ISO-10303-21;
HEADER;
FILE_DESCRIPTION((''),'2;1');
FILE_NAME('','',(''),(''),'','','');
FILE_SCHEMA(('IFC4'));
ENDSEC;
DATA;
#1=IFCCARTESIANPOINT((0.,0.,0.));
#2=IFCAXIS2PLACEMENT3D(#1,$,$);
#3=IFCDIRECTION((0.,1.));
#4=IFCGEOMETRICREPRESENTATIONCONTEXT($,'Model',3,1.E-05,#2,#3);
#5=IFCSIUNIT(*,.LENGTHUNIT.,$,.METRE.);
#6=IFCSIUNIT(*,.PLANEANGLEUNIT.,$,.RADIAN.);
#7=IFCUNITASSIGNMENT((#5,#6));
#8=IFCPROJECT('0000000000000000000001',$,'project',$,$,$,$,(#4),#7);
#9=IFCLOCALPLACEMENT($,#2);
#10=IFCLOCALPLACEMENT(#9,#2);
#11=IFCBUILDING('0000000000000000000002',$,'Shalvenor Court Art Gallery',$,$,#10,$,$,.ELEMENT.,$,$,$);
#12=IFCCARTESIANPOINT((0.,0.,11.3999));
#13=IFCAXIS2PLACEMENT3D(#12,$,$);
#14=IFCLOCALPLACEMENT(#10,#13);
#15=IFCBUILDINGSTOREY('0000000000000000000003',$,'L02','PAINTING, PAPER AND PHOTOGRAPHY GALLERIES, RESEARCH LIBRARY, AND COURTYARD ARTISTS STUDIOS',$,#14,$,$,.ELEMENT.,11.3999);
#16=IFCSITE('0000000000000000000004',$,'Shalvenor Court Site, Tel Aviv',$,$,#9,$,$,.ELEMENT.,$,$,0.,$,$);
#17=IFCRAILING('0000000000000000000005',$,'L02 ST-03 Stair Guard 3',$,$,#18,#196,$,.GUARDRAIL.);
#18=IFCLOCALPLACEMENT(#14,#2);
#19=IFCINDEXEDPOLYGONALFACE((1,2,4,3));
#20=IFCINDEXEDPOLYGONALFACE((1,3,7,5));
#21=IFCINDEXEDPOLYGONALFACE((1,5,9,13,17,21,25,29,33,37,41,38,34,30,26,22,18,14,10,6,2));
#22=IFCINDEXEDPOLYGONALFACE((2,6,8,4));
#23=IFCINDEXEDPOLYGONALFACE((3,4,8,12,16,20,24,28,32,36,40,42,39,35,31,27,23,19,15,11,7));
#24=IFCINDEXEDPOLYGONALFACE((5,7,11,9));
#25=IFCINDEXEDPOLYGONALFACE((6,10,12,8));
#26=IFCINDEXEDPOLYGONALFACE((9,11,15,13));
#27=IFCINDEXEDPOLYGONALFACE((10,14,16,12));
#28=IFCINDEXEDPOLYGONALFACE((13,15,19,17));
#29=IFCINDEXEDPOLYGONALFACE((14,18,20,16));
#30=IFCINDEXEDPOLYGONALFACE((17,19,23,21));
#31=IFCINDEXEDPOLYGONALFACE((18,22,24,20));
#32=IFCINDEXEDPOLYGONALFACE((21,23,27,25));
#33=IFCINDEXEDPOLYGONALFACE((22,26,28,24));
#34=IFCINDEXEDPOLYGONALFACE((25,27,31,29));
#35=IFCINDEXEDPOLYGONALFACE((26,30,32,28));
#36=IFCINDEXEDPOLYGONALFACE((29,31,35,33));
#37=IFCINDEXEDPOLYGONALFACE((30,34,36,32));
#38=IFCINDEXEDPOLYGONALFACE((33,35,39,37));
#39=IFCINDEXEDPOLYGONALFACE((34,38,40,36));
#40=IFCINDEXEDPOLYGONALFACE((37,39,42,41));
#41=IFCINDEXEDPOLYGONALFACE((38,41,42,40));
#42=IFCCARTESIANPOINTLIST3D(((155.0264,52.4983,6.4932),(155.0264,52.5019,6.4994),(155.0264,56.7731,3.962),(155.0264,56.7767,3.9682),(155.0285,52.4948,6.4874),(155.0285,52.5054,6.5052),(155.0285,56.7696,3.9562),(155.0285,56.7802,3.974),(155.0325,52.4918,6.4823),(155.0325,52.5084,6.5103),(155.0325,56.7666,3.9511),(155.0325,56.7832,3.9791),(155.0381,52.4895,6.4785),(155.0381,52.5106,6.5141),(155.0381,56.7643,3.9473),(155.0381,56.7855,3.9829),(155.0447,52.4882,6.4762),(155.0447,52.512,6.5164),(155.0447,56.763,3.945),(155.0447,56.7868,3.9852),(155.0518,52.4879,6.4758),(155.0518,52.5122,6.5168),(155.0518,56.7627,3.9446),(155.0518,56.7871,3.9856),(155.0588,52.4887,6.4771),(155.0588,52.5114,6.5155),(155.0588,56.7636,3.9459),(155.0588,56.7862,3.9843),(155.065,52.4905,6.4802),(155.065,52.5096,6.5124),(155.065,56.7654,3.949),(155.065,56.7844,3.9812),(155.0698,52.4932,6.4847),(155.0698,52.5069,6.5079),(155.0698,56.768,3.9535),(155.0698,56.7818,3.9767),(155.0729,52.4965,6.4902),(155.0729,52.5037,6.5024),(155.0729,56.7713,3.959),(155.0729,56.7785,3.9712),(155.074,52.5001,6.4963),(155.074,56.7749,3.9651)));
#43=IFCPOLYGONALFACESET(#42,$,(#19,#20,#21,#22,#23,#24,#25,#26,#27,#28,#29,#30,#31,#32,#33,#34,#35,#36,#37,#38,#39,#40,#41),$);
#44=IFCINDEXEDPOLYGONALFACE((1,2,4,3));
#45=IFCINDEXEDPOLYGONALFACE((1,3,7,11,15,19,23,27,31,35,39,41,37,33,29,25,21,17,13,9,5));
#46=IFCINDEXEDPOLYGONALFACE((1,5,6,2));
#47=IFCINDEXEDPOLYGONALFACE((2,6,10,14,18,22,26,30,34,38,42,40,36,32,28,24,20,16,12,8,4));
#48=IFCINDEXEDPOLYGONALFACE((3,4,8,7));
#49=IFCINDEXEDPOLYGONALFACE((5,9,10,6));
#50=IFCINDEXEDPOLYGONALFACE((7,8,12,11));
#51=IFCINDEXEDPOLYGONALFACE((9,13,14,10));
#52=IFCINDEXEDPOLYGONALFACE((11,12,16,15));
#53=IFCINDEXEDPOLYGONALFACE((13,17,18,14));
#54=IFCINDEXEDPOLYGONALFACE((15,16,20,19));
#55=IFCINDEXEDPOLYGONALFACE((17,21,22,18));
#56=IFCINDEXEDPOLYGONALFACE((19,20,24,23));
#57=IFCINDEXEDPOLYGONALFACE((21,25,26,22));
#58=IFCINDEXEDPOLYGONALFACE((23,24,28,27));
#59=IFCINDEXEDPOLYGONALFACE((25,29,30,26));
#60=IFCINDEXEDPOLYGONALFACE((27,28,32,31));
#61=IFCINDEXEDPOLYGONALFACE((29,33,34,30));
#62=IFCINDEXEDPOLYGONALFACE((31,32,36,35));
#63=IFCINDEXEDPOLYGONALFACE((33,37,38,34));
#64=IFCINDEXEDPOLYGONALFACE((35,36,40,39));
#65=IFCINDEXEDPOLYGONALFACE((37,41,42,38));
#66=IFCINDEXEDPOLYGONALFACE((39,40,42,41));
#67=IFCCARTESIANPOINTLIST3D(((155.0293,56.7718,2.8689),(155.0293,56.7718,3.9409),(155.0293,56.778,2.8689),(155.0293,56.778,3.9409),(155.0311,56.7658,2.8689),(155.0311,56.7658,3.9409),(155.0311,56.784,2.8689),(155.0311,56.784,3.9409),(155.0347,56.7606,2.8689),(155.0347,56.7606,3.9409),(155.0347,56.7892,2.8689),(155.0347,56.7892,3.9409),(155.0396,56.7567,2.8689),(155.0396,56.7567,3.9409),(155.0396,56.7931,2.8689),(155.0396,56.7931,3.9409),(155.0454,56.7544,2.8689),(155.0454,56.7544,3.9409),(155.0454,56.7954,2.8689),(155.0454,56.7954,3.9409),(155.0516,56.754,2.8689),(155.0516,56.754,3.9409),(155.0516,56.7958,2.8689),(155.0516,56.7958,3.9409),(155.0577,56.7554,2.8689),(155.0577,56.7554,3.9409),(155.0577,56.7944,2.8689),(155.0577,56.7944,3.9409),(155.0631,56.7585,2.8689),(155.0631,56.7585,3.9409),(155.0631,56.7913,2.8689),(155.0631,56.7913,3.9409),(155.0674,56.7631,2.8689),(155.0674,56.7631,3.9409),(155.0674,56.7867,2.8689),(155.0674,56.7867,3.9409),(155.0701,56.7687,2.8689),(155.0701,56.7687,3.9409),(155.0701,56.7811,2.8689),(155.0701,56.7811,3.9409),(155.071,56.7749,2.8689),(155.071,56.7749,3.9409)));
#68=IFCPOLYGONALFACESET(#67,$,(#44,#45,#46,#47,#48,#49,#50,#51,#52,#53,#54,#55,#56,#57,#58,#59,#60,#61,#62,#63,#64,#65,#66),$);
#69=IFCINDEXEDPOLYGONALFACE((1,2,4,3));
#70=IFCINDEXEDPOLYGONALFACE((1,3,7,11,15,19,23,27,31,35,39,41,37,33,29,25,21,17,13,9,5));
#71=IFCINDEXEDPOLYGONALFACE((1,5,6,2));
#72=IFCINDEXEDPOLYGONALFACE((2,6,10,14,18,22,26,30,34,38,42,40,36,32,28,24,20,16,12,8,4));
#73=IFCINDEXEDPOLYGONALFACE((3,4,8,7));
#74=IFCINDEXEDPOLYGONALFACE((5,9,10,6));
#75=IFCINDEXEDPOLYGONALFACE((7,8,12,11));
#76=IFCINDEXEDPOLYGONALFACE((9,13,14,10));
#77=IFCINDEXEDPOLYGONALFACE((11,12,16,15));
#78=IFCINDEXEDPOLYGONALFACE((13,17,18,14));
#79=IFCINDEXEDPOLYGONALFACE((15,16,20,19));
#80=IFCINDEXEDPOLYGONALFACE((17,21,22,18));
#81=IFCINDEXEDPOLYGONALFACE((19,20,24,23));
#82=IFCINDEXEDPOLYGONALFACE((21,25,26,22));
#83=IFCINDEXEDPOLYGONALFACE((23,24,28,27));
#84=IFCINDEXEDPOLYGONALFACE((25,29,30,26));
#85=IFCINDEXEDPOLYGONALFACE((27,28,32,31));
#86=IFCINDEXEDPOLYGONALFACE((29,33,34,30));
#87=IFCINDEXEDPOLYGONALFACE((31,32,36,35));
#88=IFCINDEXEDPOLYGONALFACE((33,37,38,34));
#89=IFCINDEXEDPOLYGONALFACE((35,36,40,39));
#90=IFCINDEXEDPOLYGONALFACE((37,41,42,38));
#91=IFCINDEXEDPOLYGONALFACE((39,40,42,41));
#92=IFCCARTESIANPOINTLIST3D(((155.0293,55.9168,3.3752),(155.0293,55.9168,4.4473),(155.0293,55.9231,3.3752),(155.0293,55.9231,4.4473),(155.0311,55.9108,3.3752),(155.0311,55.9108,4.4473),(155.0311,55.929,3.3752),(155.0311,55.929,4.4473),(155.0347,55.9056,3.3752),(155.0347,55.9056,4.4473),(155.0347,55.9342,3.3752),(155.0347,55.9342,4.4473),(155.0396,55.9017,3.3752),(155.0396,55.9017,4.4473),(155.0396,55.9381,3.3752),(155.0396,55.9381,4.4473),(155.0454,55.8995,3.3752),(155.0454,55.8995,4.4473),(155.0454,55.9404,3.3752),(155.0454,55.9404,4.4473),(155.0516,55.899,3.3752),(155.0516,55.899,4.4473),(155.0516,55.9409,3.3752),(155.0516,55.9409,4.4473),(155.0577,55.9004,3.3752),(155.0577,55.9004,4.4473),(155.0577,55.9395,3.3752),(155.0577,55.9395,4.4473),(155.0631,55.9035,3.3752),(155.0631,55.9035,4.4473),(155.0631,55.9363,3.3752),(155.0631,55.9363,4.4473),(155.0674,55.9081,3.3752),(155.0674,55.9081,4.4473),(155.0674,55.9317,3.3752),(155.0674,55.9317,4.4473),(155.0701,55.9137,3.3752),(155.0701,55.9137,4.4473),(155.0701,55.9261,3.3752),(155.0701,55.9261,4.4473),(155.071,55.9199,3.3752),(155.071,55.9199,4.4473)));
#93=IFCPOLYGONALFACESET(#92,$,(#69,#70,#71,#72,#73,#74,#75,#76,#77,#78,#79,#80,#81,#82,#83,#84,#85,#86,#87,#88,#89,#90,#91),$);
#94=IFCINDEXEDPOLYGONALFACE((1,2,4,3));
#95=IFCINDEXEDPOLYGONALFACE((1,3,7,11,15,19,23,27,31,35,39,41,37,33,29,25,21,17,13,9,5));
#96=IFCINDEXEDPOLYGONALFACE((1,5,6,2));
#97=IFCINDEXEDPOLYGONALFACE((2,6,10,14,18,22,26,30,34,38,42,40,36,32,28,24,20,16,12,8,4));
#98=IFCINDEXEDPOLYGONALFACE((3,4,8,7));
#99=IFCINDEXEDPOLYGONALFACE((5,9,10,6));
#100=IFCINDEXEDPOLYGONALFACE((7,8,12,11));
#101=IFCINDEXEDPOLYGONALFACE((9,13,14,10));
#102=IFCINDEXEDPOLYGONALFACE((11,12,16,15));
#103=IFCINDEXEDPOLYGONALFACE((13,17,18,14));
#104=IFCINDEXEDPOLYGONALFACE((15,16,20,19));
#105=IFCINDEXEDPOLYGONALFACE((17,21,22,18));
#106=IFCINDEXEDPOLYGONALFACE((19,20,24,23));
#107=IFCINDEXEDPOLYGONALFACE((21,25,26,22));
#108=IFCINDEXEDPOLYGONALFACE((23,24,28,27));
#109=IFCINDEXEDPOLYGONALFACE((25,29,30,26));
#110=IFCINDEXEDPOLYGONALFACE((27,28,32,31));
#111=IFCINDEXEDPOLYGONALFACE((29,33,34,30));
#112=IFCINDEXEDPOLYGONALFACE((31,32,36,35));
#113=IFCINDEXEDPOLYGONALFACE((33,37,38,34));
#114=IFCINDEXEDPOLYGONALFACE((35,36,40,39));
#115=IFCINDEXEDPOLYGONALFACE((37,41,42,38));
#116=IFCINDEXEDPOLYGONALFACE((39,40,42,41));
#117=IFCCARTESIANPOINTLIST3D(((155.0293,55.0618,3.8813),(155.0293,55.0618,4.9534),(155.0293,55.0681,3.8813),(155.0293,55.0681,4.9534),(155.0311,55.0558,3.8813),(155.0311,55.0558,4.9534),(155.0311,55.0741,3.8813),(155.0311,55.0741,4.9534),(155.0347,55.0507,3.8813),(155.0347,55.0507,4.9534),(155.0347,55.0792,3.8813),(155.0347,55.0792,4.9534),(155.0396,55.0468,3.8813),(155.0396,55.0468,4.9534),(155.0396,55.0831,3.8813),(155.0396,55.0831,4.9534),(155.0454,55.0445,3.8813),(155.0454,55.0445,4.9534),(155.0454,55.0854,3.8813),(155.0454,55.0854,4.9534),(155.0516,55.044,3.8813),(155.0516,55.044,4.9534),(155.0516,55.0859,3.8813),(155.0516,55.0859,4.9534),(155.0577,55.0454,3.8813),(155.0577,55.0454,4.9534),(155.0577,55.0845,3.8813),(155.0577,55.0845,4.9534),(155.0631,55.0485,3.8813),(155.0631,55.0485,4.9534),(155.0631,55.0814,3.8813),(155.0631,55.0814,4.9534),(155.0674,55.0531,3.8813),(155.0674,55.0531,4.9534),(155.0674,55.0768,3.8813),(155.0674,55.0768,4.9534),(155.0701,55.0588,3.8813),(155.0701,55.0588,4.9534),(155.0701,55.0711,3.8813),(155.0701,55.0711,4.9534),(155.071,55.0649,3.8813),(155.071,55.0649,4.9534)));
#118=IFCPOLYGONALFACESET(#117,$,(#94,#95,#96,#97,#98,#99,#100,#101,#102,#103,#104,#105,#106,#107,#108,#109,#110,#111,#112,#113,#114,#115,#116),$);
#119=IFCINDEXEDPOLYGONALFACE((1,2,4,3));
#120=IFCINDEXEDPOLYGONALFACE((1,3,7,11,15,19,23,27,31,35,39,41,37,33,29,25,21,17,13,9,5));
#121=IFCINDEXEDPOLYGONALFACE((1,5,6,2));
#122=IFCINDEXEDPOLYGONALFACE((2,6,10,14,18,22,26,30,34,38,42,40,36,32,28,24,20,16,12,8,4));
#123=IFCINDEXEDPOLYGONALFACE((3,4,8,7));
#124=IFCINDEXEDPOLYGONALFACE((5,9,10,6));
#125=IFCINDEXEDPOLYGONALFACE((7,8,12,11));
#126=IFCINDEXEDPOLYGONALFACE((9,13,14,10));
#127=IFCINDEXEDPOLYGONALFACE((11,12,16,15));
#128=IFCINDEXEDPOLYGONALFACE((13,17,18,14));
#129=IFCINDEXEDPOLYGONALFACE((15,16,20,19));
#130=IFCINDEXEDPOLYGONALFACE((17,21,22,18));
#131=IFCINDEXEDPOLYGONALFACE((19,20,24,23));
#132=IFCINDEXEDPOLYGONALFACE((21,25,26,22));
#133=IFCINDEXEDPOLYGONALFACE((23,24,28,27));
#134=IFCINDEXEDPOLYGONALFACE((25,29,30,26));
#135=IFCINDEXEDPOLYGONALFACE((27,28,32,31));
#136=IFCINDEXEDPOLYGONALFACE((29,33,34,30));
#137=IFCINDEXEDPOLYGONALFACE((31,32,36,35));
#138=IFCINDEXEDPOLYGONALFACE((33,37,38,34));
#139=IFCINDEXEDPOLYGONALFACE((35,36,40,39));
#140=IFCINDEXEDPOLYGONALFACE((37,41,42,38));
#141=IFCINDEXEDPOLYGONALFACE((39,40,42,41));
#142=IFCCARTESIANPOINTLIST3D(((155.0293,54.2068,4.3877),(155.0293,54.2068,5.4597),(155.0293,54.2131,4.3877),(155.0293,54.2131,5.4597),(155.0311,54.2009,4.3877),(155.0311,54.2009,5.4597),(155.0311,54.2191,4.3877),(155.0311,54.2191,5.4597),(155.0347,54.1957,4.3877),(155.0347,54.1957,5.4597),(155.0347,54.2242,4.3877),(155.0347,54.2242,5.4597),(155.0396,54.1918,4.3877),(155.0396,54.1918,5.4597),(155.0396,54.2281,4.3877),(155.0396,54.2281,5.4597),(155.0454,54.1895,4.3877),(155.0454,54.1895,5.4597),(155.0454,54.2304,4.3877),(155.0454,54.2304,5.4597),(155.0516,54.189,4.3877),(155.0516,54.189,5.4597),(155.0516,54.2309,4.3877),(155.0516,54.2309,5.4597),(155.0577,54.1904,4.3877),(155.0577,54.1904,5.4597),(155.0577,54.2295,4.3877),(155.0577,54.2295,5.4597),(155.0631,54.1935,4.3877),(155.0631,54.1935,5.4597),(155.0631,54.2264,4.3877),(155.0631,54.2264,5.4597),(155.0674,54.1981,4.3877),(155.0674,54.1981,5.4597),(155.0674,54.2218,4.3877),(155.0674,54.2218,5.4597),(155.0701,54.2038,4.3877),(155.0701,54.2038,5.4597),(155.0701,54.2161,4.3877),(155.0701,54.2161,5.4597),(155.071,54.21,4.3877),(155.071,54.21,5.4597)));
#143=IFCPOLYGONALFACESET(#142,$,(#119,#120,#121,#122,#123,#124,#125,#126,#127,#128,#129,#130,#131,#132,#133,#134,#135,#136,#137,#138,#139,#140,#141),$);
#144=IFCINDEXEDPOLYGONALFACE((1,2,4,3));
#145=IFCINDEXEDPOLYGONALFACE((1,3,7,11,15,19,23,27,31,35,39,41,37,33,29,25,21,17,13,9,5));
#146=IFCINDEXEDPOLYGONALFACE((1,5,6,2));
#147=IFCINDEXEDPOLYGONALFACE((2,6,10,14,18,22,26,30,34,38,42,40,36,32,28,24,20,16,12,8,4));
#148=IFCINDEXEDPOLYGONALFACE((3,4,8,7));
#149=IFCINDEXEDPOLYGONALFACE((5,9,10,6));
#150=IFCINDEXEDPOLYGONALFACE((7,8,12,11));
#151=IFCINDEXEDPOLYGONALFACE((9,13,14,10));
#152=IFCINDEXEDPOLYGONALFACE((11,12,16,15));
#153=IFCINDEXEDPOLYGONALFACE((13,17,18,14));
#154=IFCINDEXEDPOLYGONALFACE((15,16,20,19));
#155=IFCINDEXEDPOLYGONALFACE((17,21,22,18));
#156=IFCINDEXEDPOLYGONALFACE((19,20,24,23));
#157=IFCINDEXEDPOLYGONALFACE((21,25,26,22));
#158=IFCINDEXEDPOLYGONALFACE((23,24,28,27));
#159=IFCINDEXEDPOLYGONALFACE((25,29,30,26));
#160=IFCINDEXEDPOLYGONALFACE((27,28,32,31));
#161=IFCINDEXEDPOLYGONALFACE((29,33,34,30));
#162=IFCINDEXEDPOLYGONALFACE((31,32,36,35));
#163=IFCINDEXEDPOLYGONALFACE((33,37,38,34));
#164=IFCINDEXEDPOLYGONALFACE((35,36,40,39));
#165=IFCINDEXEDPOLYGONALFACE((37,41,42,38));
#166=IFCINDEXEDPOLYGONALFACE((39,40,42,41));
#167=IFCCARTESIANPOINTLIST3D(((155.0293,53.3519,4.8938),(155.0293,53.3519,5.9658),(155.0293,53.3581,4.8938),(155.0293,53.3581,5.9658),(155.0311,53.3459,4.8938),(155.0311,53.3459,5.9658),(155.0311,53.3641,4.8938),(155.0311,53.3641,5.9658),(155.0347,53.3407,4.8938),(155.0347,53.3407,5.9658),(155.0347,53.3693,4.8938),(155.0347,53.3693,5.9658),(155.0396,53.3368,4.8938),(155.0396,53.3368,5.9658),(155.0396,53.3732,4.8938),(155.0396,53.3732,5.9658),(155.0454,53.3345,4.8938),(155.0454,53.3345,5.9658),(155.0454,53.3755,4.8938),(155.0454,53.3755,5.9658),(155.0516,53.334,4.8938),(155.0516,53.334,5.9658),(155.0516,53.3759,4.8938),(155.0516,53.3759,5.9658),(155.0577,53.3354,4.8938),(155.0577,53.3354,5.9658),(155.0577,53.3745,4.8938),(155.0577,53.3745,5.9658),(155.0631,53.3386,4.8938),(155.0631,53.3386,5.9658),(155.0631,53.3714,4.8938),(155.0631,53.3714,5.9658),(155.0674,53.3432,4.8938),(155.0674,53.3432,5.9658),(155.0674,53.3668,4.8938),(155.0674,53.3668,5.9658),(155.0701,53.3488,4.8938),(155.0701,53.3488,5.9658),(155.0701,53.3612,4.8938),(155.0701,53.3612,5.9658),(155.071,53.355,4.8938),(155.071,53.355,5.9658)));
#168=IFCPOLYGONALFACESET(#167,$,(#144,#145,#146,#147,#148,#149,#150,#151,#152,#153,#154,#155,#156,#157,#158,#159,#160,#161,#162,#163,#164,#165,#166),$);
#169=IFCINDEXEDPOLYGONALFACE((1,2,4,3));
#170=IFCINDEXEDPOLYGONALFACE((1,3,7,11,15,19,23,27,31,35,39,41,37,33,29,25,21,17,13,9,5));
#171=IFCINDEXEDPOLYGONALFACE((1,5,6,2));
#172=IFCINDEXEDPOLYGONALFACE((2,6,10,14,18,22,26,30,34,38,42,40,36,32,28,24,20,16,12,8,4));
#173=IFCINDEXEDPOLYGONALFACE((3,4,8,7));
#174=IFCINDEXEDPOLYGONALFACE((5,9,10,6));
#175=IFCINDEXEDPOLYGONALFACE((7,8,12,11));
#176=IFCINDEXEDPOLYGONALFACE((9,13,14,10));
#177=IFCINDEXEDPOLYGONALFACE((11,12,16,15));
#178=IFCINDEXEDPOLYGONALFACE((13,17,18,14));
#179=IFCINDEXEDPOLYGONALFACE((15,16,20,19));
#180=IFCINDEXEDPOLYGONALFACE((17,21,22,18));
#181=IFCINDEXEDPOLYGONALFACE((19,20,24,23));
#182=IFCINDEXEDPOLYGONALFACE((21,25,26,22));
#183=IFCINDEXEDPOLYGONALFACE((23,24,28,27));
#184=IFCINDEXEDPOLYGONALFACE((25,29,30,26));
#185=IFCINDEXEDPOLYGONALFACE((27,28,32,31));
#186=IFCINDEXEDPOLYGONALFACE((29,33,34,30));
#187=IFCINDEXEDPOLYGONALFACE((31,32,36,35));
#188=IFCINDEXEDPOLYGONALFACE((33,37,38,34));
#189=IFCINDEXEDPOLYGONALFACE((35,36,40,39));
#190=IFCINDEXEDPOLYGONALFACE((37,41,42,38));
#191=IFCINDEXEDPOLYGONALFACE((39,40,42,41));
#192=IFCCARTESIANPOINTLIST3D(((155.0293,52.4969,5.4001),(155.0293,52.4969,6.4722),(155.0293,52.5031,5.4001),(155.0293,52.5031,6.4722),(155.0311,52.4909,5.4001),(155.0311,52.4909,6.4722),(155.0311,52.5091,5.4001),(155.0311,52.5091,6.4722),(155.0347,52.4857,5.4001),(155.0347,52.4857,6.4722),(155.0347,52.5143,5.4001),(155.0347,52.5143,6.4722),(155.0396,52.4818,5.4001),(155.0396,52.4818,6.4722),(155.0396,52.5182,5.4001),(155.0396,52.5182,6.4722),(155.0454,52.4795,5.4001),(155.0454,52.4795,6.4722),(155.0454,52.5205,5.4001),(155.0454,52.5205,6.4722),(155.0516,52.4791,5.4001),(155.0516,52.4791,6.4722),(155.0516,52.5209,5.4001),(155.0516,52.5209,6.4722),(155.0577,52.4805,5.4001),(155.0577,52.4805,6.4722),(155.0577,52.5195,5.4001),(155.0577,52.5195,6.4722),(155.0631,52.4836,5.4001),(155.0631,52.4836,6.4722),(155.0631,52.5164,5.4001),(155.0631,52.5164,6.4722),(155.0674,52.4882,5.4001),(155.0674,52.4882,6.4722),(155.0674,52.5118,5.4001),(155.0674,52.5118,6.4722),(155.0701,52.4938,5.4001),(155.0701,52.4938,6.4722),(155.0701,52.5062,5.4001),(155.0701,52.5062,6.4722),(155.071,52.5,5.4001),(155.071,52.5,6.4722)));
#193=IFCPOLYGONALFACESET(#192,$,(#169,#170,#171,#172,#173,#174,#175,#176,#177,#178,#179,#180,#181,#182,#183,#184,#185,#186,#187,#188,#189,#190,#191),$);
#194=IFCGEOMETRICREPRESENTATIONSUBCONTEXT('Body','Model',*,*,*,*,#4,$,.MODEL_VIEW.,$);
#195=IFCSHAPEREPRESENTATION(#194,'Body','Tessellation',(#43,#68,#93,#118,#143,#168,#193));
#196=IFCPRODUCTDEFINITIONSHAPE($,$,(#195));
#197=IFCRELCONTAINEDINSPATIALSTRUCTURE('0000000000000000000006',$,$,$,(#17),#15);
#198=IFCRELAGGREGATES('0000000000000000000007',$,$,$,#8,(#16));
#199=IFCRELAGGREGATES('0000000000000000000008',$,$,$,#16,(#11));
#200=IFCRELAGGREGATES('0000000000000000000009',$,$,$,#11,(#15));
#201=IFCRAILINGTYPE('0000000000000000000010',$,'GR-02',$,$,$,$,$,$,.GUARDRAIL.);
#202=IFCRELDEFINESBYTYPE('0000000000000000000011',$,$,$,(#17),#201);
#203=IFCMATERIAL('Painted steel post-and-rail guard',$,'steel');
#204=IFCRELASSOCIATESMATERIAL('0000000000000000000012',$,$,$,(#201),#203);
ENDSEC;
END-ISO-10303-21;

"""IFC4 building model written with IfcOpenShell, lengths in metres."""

from ifc_helpers import new_model, si_unit, direction, frame, origin, origin_2d, place, context, subcontext, project, spatial, circle, extrude, material, type_object, element, save


model = new_model("IFC4")

# Units and contexts
model_context = context("Model", 3, precision=1e-05, world=origin(), true_north=direction((0.0, 1.0)))
body_context = subcontext(model_context, "Body", "Model", "MODEL_VIEW")
ifc_project = project(units=[si_unit("LENGTHUNIT", "METRE"), si_unit("PLANEANGLEUNIT", "RADIAN")], contexts=[model_context])

# Site, building, storey
site_placement = place(None, origin())
site = spatial("IfcSite", under=ifc_project, at=site_placement, Name="Shalvenor Court Site, Tel Aviv", CompositionType="ELEMENT", RefElevation=0.0)
building_placement = place(site_placement, origin())
building = spatial("IfcBuilding", under=site, at=building_placement, Name="Shalvenor Court Art Gallery", CompositionType="ELEMENT")
storey_placement = place(building_placement, frame((0.0, 0.0, 11.3999)))
storey = spatial("IfcBuildingStorey", under=building, at=storey_placement, Name="L02", Description="PAINTING, PAPER AND PHOTOGRAPHY GALLERIES, RESEARCH LIBRARY, AND COURTYARD ARTISTS STUDIOS", CompositionType="ELEMENT", Elevation=11.3999)

# Railing
ifc_material_1 = material(Name="Painted steel post-and-rail guard", Category="steel")
railing_type_1 = type_object("IfcRailingType", Name="GR-02", PredefinedType="GUARDRAIL", material=ifc_material_1)
railing_1_placement = place(storey_placement, frame((155.05, 56.7749, 2.8689)))
element("IfcRailing", 1, at=railing_1_placement, inside=storey, type_object=railing_type_1, Name="L02 ST-03 Stair Guard 3", PredefinedType="GUARDRAIL", context=body_context, shape_type="SweptSolid", body=[
    extrude(circle(Radius=0.0239, at=origin_2d()), frame((0.0, 0.0, 1.0962), z_axis=(0.0, -0.86047, 0.509501), x_axis=(1.0, 0.0, 0.0)), (0.0, 0.0, 1.0), 4.968),
    extrude(circle(Radius=0.021, at=origin_2d()), origin(), (0.0, 0.0, 1.0), 1.072),
    extrude(circle(Radius=0.021, at=origin_2d()), frame((0.0, -0.855, 0.5063)), (0.0, 0.0, 1.0), 1.072),
    extrude(circle(Radius=0.021, at=origin_2d()), frame((0.0, -1.71, 1.0125)), (0.0, 0.0, 1.0), 1.072),
    extrude(circle(Radius=0.021, at=origin_2d()), frame((0.0, -2.5649, 1.5188)), (0.0, 0.0, 1.0), 1.072),
    extrude(circle(Radius=0.021, at=origin_2d()), frame((0.0, -3.4199, 2.0249)), (0.0, 0.0, 1.0), 1.072),
    extrude(circle(Radius=0.021, at=origin_2d()), frame((0.0, -4.2749, 2.5312)), (0.0, 0.0, 1.0), 1.072),
])

save(model, "model.ifc")
